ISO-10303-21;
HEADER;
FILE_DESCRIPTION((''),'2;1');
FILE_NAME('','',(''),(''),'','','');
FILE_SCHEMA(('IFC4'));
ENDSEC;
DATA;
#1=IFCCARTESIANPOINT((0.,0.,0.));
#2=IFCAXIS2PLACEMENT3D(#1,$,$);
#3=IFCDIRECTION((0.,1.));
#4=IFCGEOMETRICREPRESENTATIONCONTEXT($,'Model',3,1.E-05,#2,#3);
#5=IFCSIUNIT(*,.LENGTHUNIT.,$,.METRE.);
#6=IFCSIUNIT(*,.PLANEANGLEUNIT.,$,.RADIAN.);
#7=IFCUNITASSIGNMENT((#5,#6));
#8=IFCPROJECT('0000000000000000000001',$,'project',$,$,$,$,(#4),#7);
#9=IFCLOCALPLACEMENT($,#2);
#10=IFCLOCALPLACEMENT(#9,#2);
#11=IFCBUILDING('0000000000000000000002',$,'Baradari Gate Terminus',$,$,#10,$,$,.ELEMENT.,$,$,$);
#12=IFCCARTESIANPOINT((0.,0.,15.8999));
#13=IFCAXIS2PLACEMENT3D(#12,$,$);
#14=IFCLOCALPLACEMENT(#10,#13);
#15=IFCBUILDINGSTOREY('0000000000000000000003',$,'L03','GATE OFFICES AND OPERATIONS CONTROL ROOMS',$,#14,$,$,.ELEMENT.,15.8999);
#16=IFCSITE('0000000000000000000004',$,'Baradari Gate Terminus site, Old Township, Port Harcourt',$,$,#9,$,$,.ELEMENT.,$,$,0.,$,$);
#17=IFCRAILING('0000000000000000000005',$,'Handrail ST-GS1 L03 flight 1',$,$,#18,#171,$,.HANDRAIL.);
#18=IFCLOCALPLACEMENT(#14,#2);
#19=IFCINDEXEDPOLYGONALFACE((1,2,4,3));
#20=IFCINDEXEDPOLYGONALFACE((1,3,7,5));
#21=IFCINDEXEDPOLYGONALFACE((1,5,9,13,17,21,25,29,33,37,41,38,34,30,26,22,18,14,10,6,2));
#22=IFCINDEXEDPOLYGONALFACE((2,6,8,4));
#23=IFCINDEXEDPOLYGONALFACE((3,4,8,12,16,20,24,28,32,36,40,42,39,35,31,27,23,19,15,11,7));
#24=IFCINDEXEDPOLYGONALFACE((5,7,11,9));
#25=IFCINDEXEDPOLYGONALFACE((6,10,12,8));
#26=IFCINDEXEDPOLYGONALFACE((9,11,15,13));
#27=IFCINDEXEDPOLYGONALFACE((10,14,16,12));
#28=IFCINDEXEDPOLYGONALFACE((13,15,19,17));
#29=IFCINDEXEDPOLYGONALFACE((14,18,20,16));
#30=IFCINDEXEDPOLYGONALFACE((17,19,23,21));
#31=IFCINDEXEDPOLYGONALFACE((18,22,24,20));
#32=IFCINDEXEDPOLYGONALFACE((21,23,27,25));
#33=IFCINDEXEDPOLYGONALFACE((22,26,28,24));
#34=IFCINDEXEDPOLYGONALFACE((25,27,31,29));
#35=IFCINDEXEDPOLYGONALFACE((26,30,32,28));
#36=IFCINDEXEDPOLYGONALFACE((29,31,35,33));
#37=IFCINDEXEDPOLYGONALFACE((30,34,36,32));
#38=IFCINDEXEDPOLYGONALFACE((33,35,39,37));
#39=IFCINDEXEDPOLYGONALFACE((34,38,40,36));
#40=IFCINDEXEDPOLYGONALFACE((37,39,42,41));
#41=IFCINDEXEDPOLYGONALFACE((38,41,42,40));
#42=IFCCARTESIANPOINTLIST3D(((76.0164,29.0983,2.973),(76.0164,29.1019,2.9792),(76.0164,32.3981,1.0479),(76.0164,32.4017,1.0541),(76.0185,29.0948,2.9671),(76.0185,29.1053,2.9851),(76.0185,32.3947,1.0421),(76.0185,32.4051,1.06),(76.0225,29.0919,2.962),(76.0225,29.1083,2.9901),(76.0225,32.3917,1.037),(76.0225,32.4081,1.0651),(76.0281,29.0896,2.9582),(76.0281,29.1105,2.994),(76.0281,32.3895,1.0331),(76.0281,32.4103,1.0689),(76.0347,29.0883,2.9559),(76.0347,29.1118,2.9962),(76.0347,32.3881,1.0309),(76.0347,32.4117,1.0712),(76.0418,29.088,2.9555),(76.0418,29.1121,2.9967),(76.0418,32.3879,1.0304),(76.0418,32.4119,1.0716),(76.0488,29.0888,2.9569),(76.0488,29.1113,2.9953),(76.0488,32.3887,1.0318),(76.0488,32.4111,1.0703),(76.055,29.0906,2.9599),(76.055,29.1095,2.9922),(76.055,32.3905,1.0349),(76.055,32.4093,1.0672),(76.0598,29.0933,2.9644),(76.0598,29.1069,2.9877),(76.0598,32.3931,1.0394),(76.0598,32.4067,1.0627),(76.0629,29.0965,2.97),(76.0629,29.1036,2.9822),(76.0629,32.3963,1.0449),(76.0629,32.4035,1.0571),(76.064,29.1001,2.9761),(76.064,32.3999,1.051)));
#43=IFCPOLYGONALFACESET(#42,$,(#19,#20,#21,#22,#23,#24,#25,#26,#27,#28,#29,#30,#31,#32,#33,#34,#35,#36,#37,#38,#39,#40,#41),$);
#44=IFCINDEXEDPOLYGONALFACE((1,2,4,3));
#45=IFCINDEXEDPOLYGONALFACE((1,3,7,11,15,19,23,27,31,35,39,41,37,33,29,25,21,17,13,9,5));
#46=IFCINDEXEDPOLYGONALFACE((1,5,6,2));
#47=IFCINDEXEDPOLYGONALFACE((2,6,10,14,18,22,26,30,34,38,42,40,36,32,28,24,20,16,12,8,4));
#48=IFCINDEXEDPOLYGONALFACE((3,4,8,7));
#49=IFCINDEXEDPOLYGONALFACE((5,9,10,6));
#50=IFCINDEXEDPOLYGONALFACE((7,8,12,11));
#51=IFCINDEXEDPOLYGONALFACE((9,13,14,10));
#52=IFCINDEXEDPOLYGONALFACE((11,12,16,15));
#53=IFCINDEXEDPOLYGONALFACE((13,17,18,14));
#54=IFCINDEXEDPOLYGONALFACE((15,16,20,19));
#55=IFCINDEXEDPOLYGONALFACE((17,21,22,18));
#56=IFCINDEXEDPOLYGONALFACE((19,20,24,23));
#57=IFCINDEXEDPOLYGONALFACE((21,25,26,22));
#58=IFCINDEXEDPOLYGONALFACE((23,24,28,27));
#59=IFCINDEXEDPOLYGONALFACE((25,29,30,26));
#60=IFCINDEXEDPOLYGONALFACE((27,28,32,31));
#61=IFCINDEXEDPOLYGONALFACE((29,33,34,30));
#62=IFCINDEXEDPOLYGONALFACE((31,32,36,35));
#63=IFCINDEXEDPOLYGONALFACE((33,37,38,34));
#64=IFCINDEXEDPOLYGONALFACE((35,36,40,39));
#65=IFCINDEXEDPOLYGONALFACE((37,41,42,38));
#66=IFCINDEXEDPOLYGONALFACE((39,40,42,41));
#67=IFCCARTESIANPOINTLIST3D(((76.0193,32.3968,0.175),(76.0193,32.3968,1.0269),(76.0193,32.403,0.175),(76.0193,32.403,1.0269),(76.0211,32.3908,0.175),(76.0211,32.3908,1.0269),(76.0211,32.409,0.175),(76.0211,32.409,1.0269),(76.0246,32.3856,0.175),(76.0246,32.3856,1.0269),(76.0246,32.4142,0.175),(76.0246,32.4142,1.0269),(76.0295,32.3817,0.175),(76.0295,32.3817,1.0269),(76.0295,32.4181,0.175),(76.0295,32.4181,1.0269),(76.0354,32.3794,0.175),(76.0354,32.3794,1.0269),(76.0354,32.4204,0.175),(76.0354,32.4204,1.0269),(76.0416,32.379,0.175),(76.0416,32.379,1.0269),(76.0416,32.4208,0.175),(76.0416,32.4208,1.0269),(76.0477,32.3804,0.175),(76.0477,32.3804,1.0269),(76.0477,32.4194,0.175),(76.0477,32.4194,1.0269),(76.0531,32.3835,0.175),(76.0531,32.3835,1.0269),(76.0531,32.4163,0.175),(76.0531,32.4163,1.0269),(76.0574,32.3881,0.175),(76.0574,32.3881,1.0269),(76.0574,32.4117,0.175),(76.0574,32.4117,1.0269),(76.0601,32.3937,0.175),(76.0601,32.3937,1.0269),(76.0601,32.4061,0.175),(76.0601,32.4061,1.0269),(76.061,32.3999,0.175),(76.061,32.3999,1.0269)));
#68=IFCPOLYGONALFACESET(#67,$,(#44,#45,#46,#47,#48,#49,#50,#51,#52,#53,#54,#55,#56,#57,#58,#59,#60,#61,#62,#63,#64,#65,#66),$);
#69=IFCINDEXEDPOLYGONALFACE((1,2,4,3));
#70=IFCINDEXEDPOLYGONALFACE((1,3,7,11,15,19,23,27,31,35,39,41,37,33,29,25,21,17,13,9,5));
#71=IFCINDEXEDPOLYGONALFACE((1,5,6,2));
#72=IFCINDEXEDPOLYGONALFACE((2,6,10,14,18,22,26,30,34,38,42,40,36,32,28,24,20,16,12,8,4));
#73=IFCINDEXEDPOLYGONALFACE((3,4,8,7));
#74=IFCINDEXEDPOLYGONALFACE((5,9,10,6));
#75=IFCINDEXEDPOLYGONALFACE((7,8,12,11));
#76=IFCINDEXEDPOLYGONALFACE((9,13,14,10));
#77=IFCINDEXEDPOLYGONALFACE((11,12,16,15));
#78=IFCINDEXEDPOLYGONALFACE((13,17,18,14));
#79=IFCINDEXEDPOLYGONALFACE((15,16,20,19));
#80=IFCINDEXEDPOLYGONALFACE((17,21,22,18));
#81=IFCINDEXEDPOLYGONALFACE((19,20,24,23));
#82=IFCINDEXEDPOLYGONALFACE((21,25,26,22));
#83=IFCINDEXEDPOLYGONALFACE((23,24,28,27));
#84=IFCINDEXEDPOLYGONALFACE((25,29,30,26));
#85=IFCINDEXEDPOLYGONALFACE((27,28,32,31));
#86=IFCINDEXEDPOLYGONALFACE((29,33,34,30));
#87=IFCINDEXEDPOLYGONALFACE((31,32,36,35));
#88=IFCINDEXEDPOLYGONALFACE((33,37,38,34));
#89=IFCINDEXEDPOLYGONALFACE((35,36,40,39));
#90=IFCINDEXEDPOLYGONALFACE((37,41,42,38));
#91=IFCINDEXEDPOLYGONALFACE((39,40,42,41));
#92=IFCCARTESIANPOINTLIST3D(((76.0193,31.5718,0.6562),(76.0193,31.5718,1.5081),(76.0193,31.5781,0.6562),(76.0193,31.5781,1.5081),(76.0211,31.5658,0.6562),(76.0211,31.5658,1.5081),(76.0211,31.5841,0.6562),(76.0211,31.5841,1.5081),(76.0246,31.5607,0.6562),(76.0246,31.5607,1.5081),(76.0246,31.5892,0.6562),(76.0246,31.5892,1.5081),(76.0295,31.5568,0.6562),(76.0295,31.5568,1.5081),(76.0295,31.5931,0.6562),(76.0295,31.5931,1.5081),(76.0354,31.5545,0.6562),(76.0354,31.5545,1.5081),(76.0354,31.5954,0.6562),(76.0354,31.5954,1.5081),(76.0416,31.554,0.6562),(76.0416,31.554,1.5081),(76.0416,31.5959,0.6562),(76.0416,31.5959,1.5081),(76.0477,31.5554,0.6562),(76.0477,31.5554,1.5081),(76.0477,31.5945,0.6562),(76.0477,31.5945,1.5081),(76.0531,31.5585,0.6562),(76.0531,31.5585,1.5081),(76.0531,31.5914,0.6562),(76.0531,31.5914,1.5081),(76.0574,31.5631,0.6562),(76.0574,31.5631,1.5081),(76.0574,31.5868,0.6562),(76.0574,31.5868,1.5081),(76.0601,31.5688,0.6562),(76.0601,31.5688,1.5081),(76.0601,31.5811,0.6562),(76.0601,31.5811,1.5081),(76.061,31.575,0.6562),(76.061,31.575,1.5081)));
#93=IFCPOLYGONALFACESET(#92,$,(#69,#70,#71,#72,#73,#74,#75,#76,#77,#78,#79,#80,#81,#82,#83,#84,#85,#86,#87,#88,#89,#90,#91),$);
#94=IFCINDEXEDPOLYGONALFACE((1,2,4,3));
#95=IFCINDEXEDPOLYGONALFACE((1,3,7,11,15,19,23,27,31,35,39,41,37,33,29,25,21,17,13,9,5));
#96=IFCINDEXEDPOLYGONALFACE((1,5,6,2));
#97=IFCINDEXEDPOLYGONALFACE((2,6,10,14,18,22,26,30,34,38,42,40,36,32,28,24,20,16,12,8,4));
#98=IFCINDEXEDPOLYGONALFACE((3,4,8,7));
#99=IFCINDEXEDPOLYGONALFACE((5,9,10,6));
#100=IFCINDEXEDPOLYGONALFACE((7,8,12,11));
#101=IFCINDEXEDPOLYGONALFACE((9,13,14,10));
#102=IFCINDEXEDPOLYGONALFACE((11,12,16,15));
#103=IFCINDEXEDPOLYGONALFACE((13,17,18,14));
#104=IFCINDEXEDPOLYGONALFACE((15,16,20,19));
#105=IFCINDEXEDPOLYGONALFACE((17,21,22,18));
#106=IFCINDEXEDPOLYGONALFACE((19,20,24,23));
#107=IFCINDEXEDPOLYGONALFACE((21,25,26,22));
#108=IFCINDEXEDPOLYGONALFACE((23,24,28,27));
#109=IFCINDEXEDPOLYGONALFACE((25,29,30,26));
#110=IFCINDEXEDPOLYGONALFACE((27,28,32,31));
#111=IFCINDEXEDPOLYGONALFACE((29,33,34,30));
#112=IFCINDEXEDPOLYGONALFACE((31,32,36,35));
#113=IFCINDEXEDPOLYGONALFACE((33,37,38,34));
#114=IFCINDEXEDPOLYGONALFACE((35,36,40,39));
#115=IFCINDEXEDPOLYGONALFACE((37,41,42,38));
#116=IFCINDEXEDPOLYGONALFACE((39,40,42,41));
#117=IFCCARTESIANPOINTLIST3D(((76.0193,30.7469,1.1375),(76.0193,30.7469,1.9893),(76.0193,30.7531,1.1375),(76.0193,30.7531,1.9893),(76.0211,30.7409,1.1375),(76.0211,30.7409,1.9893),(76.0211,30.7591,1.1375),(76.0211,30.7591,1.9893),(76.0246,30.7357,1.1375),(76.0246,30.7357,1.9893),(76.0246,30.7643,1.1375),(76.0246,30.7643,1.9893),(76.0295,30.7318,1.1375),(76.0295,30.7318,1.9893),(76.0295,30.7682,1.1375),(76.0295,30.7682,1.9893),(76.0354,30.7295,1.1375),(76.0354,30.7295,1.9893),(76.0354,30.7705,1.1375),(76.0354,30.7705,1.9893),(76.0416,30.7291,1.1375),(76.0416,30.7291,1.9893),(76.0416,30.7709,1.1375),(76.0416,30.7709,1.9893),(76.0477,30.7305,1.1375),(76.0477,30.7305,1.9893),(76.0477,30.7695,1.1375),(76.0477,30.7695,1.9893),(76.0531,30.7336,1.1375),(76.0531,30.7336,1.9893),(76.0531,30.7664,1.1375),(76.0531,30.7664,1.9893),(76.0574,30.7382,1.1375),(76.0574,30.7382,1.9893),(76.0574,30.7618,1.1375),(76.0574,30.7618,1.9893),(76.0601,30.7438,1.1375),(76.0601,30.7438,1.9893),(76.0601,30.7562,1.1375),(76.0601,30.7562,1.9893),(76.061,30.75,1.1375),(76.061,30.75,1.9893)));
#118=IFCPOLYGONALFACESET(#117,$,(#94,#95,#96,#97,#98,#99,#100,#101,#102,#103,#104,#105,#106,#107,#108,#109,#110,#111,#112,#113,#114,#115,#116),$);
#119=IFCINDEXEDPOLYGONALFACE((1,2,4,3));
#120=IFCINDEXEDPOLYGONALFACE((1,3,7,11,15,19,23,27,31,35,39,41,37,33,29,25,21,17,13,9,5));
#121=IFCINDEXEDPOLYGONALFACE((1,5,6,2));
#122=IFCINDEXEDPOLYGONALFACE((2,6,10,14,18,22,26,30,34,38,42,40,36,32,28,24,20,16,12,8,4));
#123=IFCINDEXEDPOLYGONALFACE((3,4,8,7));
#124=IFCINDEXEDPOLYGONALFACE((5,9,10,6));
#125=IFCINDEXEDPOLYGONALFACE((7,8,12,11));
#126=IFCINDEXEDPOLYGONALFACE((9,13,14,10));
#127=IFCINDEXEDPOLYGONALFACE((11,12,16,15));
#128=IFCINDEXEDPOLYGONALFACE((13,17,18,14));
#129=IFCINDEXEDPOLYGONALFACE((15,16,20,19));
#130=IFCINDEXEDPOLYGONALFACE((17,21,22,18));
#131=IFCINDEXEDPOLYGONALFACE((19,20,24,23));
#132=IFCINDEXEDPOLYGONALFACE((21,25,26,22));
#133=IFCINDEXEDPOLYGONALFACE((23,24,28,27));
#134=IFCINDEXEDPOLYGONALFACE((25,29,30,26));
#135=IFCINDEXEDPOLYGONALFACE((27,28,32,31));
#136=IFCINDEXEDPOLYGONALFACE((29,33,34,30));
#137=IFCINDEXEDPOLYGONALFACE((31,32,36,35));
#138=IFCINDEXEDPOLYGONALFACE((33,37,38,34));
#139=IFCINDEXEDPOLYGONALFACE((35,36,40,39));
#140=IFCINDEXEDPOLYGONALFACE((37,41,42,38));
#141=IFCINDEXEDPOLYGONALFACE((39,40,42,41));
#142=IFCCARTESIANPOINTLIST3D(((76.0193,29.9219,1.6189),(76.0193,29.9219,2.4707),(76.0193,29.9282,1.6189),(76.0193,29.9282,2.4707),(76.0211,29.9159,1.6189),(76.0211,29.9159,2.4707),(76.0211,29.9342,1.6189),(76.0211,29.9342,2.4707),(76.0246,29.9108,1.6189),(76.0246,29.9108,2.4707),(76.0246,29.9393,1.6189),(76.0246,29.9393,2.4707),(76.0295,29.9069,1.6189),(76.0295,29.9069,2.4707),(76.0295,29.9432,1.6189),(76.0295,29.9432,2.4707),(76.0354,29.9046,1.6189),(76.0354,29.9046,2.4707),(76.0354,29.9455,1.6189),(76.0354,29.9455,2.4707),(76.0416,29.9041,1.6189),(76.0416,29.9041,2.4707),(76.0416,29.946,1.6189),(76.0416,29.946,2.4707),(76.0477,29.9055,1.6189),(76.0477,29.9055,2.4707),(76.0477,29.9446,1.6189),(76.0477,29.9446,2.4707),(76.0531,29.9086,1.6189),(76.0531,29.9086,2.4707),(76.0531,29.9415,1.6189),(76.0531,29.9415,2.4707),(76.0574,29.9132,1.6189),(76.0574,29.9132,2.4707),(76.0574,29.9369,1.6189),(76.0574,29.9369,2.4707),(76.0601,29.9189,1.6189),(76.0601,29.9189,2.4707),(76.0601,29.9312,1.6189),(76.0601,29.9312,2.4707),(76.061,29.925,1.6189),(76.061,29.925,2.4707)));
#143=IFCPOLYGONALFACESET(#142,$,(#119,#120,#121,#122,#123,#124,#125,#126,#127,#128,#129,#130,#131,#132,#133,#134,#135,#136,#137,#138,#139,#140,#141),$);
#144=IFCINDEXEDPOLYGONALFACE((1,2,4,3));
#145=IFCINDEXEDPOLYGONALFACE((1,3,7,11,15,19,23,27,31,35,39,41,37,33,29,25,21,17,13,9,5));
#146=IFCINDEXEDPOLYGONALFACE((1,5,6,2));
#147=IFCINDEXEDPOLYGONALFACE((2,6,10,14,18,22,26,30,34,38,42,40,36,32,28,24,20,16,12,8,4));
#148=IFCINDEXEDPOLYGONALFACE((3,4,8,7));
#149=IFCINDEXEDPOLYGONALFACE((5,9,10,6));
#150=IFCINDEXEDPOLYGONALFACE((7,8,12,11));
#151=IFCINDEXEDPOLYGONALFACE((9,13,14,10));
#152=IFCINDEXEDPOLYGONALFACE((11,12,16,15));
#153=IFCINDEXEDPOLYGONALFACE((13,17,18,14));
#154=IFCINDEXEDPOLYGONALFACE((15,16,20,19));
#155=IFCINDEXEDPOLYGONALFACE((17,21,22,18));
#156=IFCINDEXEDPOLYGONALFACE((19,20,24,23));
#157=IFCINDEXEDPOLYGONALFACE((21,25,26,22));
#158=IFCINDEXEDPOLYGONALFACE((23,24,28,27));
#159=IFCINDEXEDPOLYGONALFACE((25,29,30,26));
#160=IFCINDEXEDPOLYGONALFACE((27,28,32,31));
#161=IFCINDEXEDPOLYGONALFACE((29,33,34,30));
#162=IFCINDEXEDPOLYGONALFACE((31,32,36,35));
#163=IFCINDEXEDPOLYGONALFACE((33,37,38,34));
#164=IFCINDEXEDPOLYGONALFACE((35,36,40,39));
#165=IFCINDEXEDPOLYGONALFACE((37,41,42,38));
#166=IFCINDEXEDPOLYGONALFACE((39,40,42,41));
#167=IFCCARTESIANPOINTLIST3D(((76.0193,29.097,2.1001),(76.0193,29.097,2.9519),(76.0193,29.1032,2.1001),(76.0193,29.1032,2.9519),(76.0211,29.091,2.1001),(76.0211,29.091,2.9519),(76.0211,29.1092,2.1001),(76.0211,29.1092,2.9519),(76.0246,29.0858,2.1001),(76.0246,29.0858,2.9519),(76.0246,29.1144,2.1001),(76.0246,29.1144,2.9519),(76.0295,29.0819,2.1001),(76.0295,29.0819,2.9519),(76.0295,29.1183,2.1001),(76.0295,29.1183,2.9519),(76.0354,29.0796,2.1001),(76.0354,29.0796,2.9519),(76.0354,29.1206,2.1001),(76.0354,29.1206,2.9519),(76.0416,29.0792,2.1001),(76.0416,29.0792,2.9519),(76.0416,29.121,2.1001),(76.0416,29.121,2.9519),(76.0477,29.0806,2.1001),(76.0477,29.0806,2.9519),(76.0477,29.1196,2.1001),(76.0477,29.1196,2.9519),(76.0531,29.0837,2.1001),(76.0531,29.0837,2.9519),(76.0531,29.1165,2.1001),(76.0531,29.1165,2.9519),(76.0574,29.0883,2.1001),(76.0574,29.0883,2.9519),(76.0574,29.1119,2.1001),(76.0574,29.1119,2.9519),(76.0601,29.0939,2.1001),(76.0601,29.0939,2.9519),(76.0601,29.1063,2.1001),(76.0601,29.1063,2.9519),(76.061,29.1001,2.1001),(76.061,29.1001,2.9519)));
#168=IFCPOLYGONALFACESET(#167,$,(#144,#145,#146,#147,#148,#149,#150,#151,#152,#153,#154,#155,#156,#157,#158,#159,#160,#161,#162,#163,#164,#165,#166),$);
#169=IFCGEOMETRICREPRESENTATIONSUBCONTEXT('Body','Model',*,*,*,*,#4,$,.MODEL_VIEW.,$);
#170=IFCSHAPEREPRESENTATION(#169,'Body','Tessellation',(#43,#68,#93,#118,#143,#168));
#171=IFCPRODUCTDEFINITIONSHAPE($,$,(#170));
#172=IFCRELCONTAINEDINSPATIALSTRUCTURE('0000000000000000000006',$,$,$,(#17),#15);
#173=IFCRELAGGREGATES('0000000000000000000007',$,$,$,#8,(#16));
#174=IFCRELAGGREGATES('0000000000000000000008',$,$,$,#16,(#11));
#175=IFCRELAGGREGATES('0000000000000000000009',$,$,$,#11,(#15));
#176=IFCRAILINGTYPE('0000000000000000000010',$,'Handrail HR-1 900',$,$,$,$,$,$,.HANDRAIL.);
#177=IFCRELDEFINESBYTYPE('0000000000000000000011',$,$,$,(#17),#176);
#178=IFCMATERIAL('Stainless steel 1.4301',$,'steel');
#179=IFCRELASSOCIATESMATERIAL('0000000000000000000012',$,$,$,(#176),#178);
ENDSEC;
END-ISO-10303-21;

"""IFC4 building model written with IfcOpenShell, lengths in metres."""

from ifc_helpers import new_model, si_unit, direction, frame, origin, origin_2d, place, context, subcontext, project, spatial, circle, extrude, material, type_object, element, save


model = new_model("IFC4")

# Units and contexts
model_context = context("Model", 3, precision=1e-05, world=origin(), true_north=direction((0.0, 1.0)))
body_context = subcontext(model_context, "Body", "Model", "MODEL_VIEW")
ifc_project = project(units=[si_unit("LENGTHUNIT", "METRE"), si_unit("PLANEANGLEUNIT", "RADIAN")], contexts=[model_context])

# Site, building, storey
site_placement = place(None, origin())
site = spatial("IfcSite", under=ifc_project, at=site_placement, Name="Baradari Gate Terminus site, Old Township, Port Harcourt", CompositionType="ELEMENT", RefElevation=0.0)
building_placement = place(site_placement, origin())
building = spatial("IfcBuilding", under=site, at=building_placement, Name="Baradari Gate Terminus", CompositionType="ELEMENT")
storey_placement = place(building_placement, frame((0.0, 0.0, 15.8999)))
storey = spatial("IfcBuildingStorey", under=building, at=storey_placement, Name="L03", Description="GATE OFFICES AND OPERATIONS CONTROL ROOMS", CompositionType="ELEMENT", Elevation=15.8999)

# Railing
ifc_material_1 = material(Name="Stainless steel 1.4301", Category="steel")
railing_type = type_object("IfcRailingType", Name="Handrail HR-1 900", PredefinedType="HANDRAIL", material=ifc_material_1)
for number, where, name in (
    (1, (76.04, 32.3999, 0.175), "Handrail ST-GS1 L03 flight 1"),
):
    element("IfcRailing", number, at=place(storey_placement, frame(where)), inside=storey, type_object=railing_type, Name=name, PredefinedType="HANDRAIL", context=body_context, shape_type="SweptSolid", body=[
        extrude(circle(Radius=0.0239, at=origin_2d()), frame((0.0, 0.0, 0.876), z_axis=(0.0, -0.86376, 0.503903), x_axis=(1.0, 0.0, 0.0)), (0.0, 0.0, 1.0), 3.8203),
        extrude(circle(Radius=0.021, at=origin_2d()), origin(), (0.0, 0.0, 1.0), 0.8518),
        extrude(circle(Radius=0.021, at=origin_2d()), frame((0.0, -0.825, 0.4812)), (0.0, 0.0, 1.0), 0.8518),
        extrude(circle(Radius=0.021, at=origin_2d()), frame((0.0, -1.6499, 0.9624)), (0.0, 0.0, 1.0), 0.8518),
        extrude(circle(Radius=0.021, at=origin_2d()), frame((0.0, -2.4749, 1.4438)), (0.0, 0.0, 1.0), 0.8518),
        extrude(circle(Radius=0.021, at=origin_2d()), frame((0.0, -3.2998, 1.925)), (0.0, 0.0, 1.0), 0.8518),
    ])

save(model, "model.ifc")
